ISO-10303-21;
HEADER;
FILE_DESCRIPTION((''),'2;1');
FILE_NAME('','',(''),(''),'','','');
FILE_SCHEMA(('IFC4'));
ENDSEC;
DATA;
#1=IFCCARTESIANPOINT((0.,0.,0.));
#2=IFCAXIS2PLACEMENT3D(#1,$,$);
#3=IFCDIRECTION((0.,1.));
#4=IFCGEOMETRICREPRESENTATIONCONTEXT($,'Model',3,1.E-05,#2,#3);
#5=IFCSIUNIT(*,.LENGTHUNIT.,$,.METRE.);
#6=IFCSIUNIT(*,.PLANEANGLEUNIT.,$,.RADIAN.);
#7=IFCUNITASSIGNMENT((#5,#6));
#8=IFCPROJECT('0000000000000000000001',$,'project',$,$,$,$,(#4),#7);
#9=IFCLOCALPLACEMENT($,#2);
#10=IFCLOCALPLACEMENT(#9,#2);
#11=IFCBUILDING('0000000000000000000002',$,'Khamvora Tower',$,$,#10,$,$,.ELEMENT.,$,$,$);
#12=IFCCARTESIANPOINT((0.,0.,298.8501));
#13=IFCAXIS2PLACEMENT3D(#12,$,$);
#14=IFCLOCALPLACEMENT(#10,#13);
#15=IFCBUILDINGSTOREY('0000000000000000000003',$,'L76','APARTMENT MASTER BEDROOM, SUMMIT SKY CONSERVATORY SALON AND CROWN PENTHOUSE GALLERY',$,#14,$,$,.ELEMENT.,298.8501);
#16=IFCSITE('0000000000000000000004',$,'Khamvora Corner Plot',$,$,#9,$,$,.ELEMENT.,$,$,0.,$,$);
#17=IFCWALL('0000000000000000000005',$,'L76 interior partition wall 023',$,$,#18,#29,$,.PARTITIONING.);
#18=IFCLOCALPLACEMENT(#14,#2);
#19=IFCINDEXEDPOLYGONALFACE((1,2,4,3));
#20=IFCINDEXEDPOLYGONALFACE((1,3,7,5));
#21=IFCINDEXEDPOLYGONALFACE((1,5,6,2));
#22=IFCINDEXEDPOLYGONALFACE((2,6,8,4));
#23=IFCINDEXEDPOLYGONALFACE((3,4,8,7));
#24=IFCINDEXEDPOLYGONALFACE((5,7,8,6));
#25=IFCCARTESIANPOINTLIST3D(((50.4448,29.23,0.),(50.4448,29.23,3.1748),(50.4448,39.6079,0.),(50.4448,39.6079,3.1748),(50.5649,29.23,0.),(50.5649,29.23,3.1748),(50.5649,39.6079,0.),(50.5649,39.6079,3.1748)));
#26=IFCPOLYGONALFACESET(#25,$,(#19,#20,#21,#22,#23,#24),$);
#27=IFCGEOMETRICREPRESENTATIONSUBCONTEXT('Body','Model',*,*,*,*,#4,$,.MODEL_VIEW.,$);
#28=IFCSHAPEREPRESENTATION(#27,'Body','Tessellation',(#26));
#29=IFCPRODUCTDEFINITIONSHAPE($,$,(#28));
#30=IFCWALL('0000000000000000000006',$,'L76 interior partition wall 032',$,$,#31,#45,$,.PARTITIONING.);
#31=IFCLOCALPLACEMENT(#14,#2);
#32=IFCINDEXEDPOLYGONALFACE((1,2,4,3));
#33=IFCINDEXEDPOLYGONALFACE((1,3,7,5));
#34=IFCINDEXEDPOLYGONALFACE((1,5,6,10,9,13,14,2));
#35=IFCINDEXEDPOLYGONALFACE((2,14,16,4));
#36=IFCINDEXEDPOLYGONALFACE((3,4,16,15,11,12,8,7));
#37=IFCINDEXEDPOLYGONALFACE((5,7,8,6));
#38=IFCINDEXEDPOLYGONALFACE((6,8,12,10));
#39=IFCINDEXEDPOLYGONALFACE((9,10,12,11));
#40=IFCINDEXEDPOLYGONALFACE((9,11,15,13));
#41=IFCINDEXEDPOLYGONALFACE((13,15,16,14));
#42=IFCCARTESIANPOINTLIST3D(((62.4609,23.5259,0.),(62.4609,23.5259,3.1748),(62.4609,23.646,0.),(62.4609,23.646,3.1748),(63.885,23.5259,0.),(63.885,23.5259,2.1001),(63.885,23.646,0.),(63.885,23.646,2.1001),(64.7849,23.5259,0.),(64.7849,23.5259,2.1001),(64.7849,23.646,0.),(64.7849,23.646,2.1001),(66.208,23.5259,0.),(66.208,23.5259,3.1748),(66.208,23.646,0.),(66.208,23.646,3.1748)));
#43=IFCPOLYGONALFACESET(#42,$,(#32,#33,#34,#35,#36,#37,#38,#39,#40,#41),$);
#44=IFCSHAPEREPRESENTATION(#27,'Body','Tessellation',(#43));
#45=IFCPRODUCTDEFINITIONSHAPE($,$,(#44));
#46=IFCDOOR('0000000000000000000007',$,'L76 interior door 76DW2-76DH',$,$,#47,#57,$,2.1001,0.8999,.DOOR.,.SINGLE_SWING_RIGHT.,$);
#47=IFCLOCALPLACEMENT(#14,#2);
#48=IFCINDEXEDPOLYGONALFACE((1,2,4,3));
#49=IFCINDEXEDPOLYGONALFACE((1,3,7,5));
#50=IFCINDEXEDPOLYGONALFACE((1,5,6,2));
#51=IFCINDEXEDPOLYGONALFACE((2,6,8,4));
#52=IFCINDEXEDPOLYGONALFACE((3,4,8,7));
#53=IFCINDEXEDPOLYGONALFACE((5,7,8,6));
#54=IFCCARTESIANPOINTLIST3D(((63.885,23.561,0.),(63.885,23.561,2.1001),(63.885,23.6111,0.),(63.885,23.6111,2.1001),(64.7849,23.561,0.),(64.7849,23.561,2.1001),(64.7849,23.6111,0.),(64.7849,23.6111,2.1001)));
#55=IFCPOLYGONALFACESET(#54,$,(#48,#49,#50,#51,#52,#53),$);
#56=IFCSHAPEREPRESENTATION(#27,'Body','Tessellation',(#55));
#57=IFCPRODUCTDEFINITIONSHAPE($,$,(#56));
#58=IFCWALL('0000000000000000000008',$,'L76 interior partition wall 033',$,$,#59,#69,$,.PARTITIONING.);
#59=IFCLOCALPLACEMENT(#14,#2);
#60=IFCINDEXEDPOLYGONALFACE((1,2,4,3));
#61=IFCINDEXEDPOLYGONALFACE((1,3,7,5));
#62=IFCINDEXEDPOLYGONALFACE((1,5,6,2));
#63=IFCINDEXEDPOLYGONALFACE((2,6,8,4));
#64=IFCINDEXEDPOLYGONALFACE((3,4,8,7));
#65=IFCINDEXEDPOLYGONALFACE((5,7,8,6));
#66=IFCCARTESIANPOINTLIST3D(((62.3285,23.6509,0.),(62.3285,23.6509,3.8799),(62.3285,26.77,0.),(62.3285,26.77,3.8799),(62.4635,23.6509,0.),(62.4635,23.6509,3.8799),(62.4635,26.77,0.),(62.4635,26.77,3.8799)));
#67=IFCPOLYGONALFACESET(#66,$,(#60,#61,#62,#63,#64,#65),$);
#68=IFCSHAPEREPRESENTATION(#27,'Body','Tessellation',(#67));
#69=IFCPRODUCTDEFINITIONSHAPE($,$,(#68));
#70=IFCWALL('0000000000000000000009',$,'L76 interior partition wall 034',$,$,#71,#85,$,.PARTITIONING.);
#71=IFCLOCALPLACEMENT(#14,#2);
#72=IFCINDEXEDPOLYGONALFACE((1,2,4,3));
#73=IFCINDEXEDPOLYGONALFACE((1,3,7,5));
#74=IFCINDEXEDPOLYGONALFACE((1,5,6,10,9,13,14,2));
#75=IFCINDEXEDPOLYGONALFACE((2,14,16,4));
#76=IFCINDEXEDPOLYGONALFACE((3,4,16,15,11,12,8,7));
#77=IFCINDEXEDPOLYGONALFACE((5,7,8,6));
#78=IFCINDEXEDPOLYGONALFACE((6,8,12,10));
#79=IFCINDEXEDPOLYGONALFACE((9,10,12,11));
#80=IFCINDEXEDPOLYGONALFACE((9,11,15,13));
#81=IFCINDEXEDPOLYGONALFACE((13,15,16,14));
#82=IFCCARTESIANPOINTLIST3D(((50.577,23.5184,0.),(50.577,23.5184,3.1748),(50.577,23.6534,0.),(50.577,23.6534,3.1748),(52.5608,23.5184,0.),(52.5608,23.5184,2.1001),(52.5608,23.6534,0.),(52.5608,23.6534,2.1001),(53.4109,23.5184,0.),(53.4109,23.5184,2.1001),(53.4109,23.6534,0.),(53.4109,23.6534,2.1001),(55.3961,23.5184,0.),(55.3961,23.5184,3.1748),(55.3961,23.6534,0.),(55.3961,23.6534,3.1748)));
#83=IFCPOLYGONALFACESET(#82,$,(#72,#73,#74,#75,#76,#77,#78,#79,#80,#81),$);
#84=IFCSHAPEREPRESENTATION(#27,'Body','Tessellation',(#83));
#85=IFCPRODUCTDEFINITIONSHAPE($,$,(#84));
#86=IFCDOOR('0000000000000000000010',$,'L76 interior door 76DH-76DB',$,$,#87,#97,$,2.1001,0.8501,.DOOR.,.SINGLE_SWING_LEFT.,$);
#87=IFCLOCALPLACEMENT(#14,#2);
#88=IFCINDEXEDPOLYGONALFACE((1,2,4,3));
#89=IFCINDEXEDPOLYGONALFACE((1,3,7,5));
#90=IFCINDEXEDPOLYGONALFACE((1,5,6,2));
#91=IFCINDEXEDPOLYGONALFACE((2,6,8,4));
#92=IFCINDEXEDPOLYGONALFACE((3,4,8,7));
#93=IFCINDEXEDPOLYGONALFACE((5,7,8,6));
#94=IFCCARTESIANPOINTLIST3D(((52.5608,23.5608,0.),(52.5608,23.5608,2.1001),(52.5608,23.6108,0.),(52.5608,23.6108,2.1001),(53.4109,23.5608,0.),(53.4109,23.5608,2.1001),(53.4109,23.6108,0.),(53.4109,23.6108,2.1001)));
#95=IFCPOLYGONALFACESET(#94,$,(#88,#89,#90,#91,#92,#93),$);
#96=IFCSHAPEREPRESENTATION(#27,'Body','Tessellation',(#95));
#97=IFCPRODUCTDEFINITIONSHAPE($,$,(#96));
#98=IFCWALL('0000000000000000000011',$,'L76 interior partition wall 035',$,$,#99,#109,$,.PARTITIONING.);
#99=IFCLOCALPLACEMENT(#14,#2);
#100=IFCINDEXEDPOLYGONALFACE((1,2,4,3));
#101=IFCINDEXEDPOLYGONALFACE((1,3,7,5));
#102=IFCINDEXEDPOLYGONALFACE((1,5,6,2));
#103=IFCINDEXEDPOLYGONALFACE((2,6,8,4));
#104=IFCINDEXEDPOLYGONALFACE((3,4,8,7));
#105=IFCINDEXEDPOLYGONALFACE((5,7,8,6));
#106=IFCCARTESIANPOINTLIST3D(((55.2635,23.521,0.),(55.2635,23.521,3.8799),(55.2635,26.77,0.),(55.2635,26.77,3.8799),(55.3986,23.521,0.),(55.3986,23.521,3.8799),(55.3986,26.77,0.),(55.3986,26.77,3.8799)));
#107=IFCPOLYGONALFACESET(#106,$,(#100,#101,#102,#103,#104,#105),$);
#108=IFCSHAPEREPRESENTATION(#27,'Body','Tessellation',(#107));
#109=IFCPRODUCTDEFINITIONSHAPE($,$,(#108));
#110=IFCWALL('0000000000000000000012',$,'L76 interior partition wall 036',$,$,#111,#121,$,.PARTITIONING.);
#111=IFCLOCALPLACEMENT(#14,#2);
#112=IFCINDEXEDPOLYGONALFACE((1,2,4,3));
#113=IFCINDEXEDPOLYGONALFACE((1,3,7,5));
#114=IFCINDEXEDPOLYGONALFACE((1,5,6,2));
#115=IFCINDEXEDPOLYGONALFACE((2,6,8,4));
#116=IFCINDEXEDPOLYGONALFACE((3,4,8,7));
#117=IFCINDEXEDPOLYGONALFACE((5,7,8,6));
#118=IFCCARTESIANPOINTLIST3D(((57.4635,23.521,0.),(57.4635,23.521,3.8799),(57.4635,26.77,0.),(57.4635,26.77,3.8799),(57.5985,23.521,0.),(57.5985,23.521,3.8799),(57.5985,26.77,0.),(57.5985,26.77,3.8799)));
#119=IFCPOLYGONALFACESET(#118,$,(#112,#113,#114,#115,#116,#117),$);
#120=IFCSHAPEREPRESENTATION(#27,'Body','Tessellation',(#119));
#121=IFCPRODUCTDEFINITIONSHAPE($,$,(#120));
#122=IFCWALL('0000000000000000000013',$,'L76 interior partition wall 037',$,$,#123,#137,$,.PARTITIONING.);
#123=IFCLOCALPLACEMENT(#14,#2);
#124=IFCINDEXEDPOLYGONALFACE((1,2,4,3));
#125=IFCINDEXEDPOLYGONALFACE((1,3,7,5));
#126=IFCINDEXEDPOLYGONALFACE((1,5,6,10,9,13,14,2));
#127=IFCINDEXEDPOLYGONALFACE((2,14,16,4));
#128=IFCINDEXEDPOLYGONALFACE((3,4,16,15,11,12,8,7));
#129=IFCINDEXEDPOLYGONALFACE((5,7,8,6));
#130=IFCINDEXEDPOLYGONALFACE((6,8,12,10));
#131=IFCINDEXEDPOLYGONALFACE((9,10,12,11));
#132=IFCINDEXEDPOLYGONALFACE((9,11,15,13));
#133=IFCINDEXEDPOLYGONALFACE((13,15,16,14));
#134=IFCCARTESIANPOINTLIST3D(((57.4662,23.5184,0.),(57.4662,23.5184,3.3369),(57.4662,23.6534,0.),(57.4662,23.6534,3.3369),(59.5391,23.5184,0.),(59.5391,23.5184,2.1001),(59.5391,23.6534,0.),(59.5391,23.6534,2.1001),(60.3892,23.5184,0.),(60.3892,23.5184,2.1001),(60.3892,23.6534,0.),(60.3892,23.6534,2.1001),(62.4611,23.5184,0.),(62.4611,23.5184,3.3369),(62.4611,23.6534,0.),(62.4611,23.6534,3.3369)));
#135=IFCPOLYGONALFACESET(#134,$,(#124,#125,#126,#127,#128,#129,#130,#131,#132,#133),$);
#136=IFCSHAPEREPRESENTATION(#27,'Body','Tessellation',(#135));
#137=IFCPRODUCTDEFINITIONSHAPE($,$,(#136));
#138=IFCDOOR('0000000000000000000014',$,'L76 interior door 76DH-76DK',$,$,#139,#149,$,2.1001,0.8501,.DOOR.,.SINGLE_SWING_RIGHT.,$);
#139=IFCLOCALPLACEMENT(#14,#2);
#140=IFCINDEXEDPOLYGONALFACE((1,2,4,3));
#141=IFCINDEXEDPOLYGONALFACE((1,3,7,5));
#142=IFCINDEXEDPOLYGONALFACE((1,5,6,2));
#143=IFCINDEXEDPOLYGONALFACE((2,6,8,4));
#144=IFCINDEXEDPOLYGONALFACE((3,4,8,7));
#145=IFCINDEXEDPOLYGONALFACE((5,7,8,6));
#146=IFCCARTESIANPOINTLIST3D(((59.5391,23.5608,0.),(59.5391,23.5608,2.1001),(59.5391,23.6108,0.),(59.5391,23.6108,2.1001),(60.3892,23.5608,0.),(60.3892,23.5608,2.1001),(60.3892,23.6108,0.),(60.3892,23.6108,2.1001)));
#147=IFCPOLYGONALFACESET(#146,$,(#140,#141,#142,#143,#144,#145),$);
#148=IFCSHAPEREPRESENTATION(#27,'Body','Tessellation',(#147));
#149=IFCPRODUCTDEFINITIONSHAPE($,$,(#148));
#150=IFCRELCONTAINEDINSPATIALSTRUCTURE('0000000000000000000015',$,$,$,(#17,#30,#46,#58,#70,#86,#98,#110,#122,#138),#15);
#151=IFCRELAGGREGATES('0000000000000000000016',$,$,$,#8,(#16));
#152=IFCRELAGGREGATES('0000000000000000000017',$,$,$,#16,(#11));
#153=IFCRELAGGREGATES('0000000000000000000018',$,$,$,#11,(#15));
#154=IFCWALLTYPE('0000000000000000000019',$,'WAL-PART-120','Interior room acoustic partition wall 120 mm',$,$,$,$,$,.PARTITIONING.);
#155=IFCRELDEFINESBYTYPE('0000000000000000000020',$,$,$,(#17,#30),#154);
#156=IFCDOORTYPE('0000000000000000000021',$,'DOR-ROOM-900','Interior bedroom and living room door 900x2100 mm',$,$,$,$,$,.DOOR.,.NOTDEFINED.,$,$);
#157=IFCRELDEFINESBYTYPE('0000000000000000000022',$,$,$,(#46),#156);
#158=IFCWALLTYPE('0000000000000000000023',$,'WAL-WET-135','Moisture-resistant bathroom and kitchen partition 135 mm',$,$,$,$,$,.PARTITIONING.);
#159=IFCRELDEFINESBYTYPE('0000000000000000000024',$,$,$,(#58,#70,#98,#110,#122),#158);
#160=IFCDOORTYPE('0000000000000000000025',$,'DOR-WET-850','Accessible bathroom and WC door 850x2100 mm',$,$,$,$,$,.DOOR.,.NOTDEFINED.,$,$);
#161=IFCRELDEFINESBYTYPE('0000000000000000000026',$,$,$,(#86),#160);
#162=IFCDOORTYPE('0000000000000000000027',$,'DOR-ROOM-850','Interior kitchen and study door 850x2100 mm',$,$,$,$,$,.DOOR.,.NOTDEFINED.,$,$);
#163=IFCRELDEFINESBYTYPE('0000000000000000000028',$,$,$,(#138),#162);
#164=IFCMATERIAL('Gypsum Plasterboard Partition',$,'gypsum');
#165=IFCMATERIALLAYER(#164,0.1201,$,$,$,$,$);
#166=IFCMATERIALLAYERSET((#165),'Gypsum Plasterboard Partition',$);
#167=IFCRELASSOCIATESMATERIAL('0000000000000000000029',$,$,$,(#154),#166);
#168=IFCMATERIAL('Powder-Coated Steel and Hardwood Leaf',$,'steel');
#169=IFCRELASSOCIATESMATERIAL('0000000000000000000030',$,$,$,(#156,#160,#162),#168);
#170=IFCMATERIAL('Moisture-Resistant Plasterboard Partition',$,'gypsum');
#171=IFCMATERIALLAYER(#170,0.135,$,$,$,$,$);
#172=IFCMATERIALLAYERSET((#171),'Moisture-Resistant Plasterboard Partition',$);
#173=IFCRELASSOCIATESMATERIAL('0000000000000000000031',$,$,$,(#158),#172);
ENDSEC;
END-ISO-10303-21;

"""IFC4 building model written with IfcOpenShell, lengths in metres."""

from ifc_helpers import new_model, si_unit, direction, frame, frame_2d, origin, place, context, subcontext, project, spatial, rectangle, extrude, material, layer, layer_set, type_object, element, fill, save


model = new_model("IFC4")

# Units and contexts
model_context = context("Model", 3, precision=1e-05, world=origin(), true_north=direction((0.0, 1.0)))
body_context = subcontext(model_context, "Body", "Model", "MODEL_VIEW")
ifc_project = project(units=[si_unit("LENGTHUNIT", "METRE"), si_unit("PLANEANGLEUNIT", "RADIAN")], contexts=[model_context])

# Site, building, storey
site_placement = place(None, origin())
site = spatial("IfcSite", under=ifc_project, at=site_placement, Name="Khamvora Corner Plot", CompositionType="ELEMENT", RefElevation=0.0)
building_placement = place(site_placement, origin())
building = spatial("IfcBuilding", under=site, at=building_placement, Name="Khamvora Tower", CompositionType="ELEMENT")
storey_placement = place(building_placement, frame((0.0, 0.0, 298.8501)))
storey = spatial("IfcBuildingStorey", under=building, at=storey_placement, Name="L76", Description="APARTMENT MASTER BEDROOM, SUMMIT SKY CONSERVATORY SALON AND CROWN PENTHOUSE GALLERY", CompositionType="ELEMENT", Elevation=298.8501)

# Shared definitions
ifc_material_1 = material(Name="Powder-Coated Steel and Hardwood Leaf", Category="steel")

# Wall
ifc_material_2 = material(Name="Gypsum Plasterboard Partition", Category="gypsum")
ifc_layer_1 = layer(ifc_material_2, 0.1201)
ifc_layer_set_1 = layer_set([ifc_layer_1], Name="Gypsum Plasterboard Partition")
wall_type_1 = type_object("IfcWallType", Name="WAL-PART-120", Description="Interior room acoustic partition wall 120 mm", PredefinedType="PARTITIONING", material=ifc_layer_set_1)
wall_1_placement = place(storey_placement, frame((50.5049, 29.23, 0.0), z_axis=(0.0, 0.0, 1.0), x_axis=(0.0, 1.0, 0.0)))
element("IfcWall", 1, at=wall_1_placement, inside=storey, type_object=wall_type_1, Name="L76 interior partition wall 023", PredefinedType="PARTITIONING", context=body_context, shape_type="SweptSolid", body=[
    extrude(rectangle(XDim=10.3779, YDim=0.1201, at=frame_2d((5.189, 0.0))), origin(), (0.0, 0.0, 1.0), 3.1748),
])

# Wall, opening, door
wall_2_placement = place(storey_placement, frame((66.208, 23.5859, 0.0), z_axis=(0.0, 0.0, 1.0), x_axis=(-1.0, 0.0, 0.0)))
wall_2 = element("IfcWall", 2, at=wall_2_placement, inside=storey, type_object=wall_type_1, Name="L76 interior partition wall 032", PredefinedType="PARTITIONING", context=body_context, shape_type="SweptSolid", body=[
    extrude(rectangle(XDim=3.7471, YDim=0.1201, at=frame_2d((1.8735, 0.0))), origin(), (0.0, 0.0, 1.0), 3.1748),
])
opening_1_placement = place(wall_2_placement, frame((1.4231, 0.0, 0.0)))
opening_1 = element("IfcOpeningElement", 3, at=opening_1_placement, cuts=wall_2, PredefinedType="OPENING", context=body_context, shape_type="SweptSolid", body=[
    extrude(rectangle(XDim=0.8999, YDim=2.1001, at=frame_2d((0.45, 1.05))), frame((0.0, 0.0701, 0.0), z_axis=(0.0, -1.0, 0.0), x_axis=(1.0, 0.0, 0.0)), (0.0, 0.0, 1.0), 0.1401),
])
door_type_1 = type_object("IfcDoorType", Name="DOR-ROOM-900", Description="Interior bedroom and living room door 900x2100 mm", OperationType="NOTDEFINED", PredefinedType="DOOR", material=ifc_material_1)
door_1_placement = place(opening_1_placement, origin())
door_1 = element("IfcDoor", 4, at=door_1_placement, inside=storey, type_object=door_type_1, Name="L76 interior door 76DW2-76DH", OperationType="SINGLE_SWING_RIGHT", OverallHeight=2.1001, OverallWidth=0.8999, PredefinedType="DOOR", context=body_context, shape_type="SweptSolid", body=[
    extrude(rectangle(XDim=0.8999, YDim=2.1001, at=frame_2d((0.45, 1.05))), frame((0.0, 0.0249, 0.0), z_axis=(0.0, -1.0, 0.0), x_axis=(1.0, 0.0, 0.0)), (0.0, 0.0, 1.0), 0.05),
])
fill(opening_1, door_1)

# Wall
ifc_material_3 = material(Name="Moisture-Resistant Plasterboard Partition", Category="gypsum")
ifc_layer_2 = layer(ifc_material_3, 0.135)
ifc_layer_set_2 = layer_set([ifc_layer_2], Name="Moisture-Resistant Plasterboard Partition")
wall_type_2 = type_object("IfcWallType", Name="WAL-WET-135", Description="Moisture-resistant bathroom and kitchen partition 135 mm", PredefinedType="PARTITIONING", material=ifc_layer_set_2)
wall_3_placement = place(storey_placement, frame((62.396, 23.6509, 0.0), z_axis=(0.0, 0.0, 1.0), x_axis=(0.0, 1.0, 0.0)))
element("IfcWall", 5, at=wall_3_placement, inside=storey, type_object=wall_type_2, Name="L76 interior partition wall 033", PredefinedType="PARTITIONING", context=body_context, shape_type="SweptSolid", body=[
    extrude(rectangle(XDim=3.1191, YDim=0.135, at=frame_2d((1.5596, 0.0))), origin(), (0.0, 0.0, 1.0), 3.8799),
])

# Wall, opening, door
wall_4_placement = place(storey_placement, frame((50.5769, 23.5859, 0.0), z_axis=(0.0, 0.0, 1.0), x_axis=(1.0, 0.0, 0.0)))
wall_4 = element("IfcWall", 6, at=wall_4_placement, inside=storey, type_object=wall_type_2, Name="L76 interior partition wall 034", PredefinedType="PARTITIONING", context=body_context, shape_type="SweptSolid", body=[
    extrude(rectangle(XDim=4.8191, YDim=0.135, at=frame_2d((2.4097, 0.0))), origin(), (0.0, 0.0, 1.0), 3.1748),
])
opening_2_placement = place(wall_4_placement, frame((1.9839, 0.0, 0.0)))
opening_2 = element("IfcOpeningElement", 7, at=opening_2_placement, cuts=wall_4, PredefinedType="OPENING", context=body_context, shape_type="SweptSolid", body=[
    extrude(rectangle(XDim=0.8501, YDim=2.1001, at=frame_2d((0.425, 1.05))), frame((0.0, 0.0774, 0.0), z_axis=(0.0, -1.0, 0.0), x_axis=(1.0, 0.0, 0.0)), (0.0, 0.0, 1.0), 0.155),
])
door_type_2 = type_object("IfcDoorType", Name="DOR-WET-850", Description="Accessible bathroom and WC door 850x2100 mm", OperationType="NOTDEFINED", PredefinedType="DOOR", material=ifc_material_1)
door_2_placement = place(opening_2_placement, origin())
door_2 = element("IfcDoor", 8, at=door_2_placement, inside=storey, type_object=door_type_2, Name="L76 interior door 76DH-76DB", OperationType="SINGLE_SWING_LEFT", OverallHeight=2.1001, OverallWidth=0.8501, PredefinedType="DOOR", context=body_context, shape_type="SweptSolid", body=[
    extrude(rectangle(XDim=0.8501, YDim=2.1001, at=frame_2d((0.425, 1.05))), frame((0.0, 0.0249, 0.0), z_axis=(0.0, -1.0, 0.0), x_axis=(1.0, 0.0, 0.0)), (0.0, 0.0, 1.0), 0.05),
])
fill(opening_2, door_2)

# Walls
for number, where, z_axis, x_axis, name in (
    (9, (55.3311, 23.521, 0.0), (0.0, 0.0, 1.0), (0.0, 1.0, 0.0), "L76 interior partition wall 035"),
    (10, (57.531, 26.77, 0.0), (0.0, 0.0, 1.0), (0.0, -1.0, 0.0), "L76 interior partition wall 036"),
):
    element("IfcWall", number, at=place(storey_placement, frame(where, z_axis=z_axis, x_axis=x_axis)), inside=storey, type_object=wall_type_2, Name=name, PredefinedType="PARTITIONING", context=body_context, shape_type="SweptSolid", body=[
        extrude(rectangle(XDim=3.249, YDim=0.135, at=frame_2d((1.6245, 0.0))), origin(), (0.0, 0.0, 1.0), 3.8799),
    ])

# Wall, opening, door
wall_5_placement = place(storey_placement, frame((57.4661, 23.5859, 0.0), z_axis=(0.0, 0.0, 1.0), x_axis=(1.0, 0.0, 0.0)))
wall_5 = element("IfcWall", 11, at=wall_5_placement, inside=storey, type_object=wall_type_2, Name="L76 interior partition wall 037", PredefinedType="PARTITIONING", context=body_context, shape_type="SweptSolid", body=[
    extrude(rectangle(XDim=4.9949, YDim=0.135, at=frame_2d((2.4976, 0.0))), origin(), (0.0, 0.0, 1.0), 3.3369),
])
opening_3_placement = place(wall_5_placement, frame((2.073, 0.0, 0.0)))
opening_3 = element("IfcOpeningElement", 12, at=opening_3_placement, cuts=wall_5, PredefinedType="OPENING", context=body_context, shape_type="SweptSolid", body=[
    extrude(rectangle(XDim=0.8501, YDim=2.1001, at=frame_2d((0.425, 1.05))), frame((0.0, 0.0774, 0.0), z_axis=(0.0, -1.0, 0.0), x_axis=(1.0, 0.0, 0.0)), (0.0, 0.0, 1.0), 0.155),
])
door_type_3 = type_object("IfcDoorType", Name="DOR-ROOM-850", Description="Interior kitchen and study door 850x2100 mm", OperationType="NOTDEFINED", PredefinedType="DOOR", material=ifc_material_1)
door_3_placement = place(opening_3_placement, origin())
door_3 = element("IfcDoor", 13, at=door_3_placement, inside=storey, type_object=door_type_3, Name="L76 interior door 76DH-76DK", OperationType="SINGLE_SWING_RIGHT", OverallHeight=2.1001, OverallWidth=0.8501, PredefinedType="DOOR", context=body_context, shape_type="SweptSolid", body=[
    extrude(rectangle(XDim=0.8501, YDim=2.1001, at=frame_2d((0.425, 1.05))), frame((0.0, 0.0249, 0.0), z_axis=(0.0, -1.0, 0.0), x_axis=(1.0, 0.0, 0.0)), (0.0, 0.0, 1.0), 0.05),
])
fill(opening_3, door_3)

save(model, "model.ifc")
